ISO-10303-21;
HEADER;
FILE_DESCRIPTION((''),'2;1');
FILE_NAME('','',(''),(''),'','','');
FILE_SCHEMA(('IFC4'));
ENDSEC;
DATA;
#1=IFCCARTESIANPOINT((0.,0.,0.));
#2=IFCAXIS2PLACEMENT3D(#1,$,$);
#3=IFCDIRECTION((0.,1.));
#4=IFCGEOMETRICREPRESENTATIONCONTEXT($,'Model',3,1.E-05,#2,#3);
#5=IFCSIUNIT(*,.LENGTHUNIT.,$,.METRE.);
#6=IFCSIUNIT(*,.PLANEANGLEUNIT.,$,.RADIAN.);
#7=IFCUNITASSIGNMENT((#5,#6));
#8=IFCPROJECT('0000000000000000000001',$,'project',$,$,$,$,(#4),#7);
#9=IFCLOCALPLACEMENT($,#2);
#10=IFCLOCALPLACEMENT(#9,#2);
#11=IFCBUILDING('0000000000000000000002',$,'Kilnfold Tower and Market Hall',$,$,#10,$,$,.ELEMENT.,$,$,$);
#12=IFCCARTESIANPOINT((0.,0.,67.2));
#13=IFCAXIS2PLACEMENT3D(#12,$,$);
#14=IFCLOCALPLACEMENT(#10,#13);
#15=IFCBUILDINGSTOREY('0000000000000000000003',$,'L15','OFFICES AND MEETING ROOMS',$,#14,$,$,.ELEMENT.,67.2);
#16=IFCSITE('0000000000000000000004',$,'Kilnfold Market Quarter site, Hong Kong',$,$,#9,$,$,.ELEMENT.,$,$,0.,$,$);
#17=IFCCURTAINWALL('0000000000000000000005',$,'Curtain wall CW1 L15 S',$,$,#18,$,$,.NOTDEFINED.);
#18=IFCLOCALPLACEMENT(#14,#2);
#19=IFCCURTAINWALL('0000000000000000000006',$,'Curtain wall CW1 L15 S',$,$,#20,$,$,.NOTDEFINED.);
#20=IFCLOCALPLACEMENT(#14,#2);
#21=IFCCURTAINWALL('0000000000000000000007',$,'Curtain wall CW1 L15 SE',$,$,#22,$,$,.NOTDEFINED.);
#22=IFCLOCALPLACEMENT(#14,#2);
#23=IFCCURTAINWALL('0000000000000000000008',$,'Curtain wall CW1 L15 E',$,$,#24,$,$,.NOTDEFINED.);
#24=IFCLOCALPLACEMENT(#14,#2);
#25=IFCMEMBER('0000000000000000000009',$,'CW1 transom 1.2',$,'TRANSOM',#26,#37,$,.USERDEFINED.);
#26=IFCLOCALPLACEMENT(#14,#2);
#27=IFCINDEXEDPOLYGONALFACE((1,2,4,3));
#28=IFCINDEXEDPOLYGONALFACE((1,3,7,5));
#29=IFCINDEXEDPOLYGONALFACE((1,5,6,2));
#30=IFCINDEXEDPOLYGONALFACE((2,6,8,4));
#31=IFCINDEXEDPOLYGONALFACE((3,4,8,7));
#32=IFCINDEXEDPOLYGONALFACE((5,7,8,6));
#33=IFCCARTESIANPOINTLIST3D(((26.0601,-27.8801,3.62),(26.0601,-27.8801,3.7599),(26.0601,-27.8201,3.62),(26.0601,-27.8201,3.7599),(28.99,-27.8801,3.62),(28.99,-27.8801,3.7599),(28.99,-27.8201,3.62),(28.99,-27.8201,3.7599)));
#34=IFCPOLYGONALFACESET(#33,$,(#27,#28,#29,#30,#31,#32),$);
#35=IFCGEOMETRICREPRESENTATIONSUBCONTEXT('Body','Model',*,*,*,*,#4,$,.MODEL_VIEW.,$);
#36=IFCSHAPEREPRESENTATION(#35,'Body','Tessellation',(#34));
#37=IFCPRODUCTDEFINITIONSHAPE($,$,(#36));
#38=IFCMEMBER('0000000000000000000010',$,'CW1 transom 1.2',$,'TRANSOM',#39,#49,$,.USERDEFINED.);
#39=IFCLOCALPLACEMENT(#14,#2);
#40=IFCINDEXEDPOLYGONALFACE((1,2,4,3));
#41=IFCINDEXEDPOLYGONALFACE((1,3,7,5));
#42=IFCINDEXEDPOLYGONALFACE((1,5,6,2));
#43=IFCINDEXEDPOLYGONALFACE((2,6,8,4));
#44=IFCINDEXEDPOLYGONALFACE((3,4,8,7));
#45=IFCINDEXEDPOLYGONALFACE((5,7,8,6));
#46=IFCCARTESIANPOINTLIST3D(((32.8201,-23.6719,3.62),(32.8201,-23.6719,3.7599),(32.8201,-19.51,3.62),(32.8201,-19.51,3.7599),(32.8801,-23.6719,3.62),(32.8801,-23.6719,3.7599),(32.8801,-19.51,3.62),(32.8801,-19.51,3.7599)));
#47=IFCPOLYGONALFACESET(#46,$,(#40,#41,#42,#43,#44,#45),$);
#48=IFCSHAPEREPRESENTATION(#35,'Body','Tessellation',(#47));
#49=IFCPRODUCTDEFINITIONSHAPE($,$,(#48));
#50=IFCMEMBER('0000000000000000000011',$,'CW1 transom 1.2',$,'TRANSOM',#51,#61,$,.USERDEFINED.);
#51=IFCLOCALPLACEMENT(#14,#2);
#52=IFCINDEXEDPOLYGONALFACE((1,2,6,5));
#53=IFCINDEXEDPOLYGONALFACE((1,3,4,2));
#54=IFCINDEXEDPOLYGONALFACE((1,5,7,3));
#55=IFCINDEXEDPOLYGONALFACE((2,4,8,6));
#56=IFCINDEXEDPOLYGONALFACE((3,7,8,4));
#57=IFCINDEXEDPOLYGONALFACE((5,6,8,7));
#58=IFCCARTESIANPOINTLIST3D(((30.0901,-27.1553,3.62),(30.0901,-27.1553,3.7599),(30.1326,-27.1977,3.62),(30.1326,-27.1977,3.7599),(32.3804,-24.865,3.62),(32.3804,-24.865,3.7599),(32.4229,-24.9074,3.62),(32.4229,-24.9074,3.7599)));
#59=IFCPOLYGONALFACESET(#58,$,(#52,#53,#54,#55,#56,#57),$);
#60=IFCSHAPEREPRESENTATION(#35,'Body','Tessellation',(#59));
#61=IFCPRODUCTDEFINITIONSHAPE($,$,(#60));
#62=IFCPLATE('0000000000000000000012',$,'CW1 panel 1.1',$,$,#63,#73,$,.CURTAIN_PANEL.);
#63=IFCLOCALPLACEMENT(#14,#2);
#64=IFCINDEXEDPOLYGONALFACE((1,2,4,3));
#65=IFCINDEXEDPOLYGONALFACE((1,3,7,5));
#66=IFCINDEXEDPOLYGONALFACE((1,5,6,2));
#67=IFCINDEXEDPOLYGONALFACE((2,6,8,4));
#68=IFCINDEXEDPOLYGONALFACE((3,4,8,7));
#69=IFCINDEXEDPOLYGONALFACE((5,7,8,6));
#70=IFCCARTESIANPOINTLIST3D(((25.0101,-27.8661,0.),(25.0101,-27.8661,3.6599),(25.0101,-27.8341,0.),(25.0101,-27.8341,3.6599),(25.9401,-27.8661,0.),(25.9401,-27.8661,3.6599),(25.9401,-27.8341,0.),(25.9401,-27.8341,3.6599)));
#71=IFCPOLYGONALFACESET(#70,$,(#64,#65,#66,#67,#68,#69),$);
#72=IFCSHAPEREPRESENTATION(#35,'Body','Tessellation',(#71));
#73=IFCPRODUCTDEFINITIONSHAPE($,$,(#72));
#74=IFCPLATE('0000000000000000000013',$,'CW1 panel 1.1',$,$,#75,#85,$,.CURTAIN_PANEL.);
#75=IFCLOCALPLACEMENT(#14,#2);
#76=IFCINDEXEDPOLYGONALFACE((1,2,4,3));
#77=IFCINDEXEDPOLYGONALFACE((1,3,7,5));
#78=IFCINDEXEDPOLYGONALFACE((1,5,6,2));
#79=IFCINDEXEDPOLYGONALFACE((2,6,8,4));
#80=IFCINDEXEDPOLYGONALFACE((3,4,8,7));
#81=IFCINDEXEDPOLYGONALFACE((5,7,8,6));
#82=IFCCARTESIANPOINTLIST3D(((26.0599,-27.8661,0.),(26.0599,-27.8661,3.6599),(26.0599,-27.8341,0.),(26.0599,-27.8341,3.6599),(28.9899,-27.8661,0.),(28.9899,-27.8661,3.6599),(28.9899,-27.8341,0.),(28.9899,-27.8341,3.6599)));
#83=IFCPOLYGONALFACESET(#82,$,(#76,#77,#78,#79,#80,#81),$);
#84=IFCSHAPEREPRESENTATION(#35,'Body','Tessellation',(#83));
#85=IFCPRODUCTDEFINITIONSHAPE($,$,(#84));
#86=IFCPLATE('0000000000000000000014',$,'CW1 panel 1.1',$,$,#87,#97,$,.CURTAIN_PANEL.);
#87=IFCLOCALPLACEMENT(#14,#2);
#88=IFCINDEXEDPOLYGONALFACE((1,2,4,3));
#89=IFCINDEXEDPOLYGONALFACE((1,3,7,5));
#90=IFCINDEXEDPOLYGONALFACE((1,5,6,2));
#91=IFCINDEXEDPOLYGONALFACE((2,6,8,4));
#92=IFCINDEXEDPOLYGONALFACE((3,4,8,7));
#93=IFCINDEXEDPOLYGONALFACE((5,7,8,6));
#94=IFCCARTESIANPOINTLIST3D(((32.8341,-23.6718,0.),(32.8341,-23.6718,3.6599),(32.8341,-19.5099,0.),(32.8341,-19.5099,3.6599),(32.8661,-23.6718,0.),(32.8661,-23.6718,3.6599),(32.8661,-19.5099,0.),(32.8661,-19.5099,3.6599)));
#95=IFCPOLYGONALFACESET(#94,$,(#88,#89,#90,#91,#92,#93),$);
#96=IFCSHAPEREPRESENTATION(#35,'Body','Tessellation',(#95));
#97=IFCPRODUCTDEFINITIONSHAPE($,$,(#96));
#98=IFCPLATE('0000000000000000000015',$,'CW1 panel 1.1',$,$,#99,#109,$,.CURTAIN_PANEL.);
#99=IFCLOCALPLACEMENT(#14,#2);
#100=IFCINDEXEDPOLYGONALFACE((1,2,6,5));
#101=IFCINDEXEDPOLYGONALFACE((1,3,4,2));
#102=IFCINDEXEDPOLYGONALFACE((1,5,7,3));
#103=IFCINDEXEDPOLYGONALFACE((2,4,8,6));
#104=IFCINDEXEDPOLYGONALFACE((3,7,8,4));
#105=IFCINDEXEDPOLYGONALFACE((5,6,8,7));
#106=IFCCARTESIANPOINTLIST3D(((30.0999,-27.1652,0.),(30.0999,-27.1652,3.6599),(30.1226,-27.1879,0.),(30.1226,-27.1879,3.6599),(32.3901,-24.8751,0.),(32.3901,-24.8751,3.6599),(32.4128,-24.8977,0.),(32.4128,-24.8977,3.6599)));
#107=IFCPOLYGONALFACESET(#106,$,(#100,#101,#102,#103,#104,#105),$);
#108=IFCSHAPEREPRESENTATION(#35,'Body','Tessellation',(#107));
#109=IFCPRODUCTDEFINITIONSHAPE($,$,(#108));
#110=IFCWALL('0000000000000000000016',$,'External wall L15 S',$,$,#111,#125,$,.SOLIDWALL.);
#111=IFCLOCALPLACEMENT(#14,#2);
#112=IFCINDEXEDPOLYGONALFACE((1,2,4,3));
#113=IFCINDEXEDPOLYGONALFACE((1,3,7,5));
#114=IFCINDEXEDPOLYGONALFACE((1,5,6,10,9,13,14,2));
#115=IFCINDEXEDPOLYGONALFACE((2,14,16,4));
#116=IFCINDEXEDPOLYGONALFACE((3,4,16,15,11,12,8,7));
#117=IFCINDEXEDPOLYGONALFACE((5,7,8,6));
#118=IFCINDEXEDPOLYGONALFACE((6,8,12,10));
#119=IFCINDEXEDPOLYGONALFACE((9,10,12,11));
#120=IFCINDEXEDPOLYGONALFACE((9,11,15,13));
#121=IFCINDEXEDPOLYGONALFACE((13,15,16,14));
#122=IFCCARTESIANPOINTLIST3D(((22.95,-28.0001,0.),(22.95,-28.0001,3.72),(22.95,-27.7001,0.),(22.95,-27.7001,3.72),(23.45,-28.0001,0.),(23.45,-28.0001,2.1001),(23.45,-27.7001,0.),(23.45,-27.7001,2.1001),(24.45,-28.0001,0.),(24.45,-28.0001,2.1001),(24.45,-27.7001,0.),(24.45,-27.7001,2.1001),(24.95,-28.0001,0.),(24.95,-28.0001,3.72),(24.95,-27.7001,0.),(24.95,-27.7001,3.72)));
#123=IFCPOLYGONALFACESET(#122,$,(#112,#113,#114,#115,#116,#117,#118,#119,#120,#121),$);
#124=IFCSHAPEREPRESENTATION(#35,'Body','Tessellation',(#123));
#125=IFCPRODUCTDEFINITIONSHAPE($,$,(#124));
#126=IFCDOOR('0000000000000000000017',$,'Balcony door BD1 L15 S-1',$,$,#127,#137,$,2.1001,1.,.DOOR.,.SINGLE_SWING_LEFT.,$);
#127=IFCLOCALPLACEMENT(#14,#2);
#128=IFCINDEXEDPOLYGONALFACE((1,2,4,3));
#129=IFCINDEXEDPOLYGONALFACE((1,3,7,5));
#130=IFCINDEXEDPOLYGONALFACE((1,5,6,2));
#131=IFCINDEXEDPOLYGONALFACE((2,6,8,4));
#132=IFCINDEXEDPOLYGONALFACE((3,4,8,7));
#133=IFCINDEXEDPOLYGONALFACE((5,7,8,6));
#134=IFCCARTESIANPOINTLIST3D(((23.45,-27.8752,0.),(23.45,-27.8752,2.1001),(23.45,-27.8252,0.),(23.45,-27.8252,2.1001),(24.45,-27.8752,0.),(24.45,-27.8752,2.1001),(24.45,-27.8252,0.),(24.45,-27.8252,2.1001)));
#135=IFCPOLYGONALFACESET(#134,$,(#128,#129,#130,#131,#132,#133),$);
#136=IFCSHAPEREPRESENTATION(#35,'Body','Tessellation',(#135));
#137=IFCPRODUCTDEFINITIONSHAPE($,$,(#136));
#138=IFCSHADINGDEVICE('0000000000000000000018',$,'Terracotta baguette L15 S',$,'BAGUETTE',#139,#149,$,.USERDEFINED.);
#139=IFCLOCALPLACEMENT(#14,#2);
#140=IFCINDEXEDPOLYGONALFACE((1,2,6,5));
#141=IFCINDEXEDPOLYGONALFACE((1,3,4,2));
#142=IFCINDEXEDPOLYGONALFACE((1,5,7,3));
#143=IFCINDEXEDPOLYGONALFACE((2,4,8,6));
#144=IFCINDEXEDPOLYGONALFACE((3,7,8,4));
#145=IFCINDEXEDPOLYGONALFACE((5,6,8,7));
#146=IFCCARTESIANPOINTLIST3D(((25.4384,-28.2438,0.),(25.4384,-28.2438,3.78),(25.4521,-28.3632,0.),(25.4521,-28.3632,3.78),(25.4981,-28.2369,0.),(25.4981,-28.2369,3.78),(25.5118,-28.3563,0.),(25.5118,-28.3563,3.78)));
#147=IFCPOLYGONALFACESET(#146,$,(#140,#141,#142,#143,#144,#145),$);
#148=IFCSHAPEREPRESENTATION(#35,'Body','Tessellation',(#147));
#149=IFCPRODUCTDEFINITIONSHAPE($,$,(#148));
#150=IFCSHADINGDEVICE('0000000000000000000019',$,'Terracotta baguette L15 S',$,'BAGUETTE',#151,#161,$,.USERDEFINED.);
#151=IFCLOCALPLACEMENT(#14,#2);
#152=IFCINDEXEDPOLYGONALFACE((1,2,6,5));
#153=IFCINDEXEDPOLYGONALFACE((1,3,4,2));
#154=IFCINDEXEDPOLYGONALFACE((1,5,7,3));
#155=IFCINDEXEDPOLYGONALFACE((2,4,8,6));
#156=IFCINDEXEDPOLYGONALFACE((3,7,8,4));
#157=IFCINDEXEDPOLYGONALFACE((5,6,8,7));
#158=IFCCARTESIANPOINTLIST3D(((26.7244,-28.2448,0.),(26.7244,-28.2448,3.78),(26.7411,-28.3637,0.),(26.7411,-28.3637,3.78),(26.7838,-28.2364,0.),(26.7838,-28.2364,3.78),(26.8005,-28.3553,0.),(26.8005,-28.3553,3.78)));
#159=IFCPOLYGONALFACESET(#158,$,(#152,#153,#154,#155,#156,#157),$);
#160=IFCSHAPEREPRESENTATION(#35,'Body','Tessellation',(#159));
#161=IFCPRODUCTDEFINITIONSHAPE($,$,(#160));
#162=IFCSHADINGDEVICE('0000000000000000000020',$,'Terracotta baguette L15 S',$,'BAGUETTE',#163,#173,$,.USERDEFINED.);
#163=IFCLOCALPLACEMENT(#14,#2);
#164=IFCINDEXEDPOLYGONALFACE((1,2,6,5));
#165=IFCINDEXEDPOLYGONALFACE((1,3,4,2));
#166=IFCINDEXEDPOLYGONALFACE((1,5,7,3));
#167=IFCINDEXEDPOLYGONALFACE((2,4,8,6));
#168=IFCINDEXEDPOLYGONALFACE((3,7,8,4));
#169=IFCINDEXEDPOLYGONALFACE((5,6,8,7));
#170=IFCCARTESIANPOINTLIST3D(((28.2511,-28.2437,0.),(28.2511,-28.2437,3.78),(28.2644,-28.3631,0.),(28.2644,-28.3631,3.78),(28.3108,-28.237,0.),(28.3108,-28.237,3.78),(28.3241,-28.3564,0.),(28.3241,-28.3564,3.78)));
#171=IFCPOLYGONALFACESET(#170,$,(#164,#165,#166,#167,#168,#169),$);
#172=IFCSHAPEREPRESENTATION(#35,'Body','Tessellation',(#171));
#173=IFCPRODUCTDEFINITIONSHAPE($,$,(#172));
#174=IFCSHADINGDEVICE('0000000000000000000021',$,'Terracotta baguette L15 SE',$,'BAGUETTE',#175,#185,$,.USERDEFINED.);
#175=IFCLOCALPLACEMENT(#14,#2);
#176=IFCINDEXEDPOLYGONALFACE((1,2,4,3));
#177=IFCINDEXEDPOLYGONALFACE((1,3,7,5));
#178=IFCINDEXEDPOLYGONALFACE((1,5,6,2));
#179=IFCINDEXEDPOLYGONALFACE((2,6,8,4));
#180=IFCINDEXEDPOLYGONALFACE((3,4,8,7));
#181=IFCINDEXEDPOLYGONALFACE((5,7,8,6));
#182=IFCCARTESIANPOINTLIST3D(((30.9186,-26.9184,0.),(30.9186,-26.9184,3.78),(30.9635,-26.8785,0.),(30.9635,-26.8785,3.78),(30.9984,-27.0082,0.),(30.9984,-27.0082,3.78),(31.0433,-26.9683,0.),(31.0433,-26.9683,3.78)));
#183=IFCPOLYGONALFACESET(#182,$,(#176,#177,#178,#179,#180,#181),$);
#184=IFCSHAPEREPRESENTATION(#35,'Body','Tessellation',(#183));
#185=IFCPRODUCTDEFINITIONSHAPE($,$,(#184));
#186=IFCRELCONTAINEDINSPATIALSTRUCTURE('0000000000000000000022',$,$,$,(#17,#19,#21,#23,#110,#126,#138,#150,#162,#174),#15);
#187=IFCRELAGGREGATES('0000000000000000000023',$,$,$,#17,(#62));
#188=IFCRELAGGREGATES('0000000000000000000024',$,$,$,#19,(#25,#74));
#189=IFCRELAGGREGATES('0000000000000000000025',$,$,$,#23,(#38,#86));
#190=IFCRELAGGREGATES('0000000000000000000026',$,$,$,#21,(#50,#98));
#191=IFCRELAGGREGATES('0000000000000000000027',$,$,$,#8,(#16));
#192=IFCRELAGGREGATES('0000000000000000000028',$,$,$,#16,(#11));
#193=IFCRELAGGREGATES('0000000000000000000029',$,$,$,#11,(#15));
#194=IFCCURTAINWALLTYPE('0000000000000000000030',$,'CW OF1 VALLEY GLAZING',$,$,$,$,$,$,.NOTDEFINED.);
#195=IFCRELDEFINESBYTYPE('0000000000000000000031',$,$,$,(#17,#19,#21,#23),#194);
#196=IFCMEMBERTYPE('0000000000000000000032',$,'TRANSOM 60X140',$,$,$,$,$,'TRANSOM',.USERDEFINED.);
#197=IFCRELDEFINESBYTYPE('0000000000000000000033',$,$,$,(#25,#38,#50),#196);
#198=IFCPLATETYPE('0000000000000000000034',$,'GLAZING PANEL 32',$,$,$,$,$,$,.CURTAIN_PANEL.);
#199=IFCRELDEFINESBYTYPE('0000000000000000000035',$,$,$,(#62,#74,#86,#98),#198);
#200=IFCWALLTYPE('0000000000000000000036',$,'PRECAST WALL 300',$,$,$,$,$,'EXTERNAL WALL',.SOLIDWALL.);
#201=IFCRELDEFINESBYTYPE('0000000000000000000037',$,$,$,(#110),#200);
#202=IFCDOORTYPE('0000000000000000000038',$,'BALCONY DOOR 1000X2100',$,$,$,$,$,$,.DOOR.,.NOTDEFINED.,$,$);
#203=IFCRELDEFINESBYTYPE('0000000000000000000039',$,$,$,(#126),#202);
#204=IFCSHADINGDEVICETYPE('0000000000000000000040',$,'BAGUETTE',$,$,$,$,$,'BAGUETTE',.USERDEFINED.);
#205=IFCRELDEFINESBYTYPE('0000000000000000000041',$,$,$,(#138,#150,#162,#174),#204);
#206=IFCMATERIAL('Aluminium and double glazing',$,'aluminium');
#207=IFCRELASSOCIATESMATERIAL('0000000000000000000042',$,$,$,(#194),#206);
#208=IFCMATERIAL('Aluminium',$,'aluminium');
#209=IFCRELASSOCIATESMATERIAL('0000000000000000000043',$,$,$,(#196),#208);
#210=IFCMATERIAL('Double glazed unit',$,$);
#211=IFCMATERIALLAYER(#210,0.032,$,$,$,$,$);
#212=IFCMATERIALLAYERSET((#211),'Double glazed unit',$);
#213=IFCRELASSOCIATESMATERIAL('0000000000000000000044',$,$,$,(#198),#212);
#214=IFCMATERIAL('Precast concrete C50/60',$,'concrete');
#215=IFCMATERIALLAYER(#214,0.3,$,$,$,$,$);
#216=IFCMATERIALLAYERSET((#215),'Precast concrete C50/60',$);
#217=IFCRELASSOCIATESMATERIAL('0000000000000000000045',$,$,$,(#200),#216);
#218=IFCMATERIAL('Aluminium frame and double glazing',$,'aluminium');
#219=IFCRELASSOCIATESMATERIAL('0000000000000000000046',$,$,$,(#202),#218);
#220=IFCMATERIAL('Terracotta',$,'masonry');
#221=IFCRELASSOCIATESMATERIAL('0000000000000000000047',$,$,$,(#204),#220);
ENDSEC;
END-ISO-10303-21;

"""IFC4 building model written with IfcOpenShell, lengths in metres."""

from ifc_helpers import new_model, si_unit, direction, frame, frame_2d, origin, origin_2d, place, context, subcontext, project, spatial, rectangle, extrude, source, transform, mapped, material, layer, layer_set, material_profile, profile_set, type_object, element, fill, aggregate, save


model = new_model("IFC4")

# Units and contexts
model_context = context("Model", 3, precision=1e-05, world=origin(), true_north=direction((0.0, 1.0)))
body_context = subcontext(model_context, "Body", "Model", "MODEL_VIEW")
ifc_project = project(units=[si_unit("LENGTHUNIT", "METRE"), si_unit("PLANEANGLEUNIT", "RADIAN")], contexts=[model_context])

# Site, building, storey
site_placement = place(None, origin())
site = spatial("IfcSite", under=ifc_project, at=site_placement, Name="Kilnfold Market Quarter site, Hong Kong", CompositionType="ELEMENT", RefElevation=0.0)
building_placement = place(site_placement, origin())
building = spatial("IfcBuilding", under=site, at=building_placement, Name="Kilnfold Tower and Market Hall", CompositionType="ELEMENT")
storey_placement = place(building_placement, frame((0.0, 0.0, 67.2)))
storey = spatial("IfcBuildingStorey", under=building, at=storey_placement, Name="L15", Description="OFFICES AND MEETING ROOMS", CompositionType="ELEMENT", Elevation=67.2)

# Curtain walls
ifc_material_1 = material(Name="Aluminium and double glazing", Category="aluminium")
curtain_wall_type = type_object("IfcCurtainWallType", Name="CW OF1 VALLEY GLAZING", PredefinedType="NOTDEFINED", material=ifc_material_1)
curtain_wall_1_placement = place(storey_placement, origin())
curtain_wall_1 = element("IfcCurtainWall", 1, at=curtain_wall_1_placement, inside=storey, type_object=curtain_wall_type, Name="Curtain wall CW1 L15 S", PredefinedType="NOTDEFINED")
curtain_wall_2_placement = place(storey_placement, origin())
curtain_wall_2 = element("IfcCurtainWall", 2, at=curtain_wall_2_placement, inside=storey, type_object=curtain_wall_type, Name="Curtain wall CW1 L15 S", PredefinedType="NOTDEFINED")
curtain_wall_3_placement = place(storey_placement, origin())
curtain_wall_3 = element("IfcCurtainWall", 3, at=curtain_wall_3_placement, inside=storey, type_object=curtain_wall_type, Name="Curtain wall CW1 L15 SE", PredefinedType="NOTDEFINED")

# Curtain wall
curtain_wall_4_placement = place(storey_placement, origin())
curtain_wall_4 = element("IfcCurtainWall", 4, at=curtain_wall_4_placement, inside=storey, type_object=curtain_wall_type, Name="Curtain wall CW1 L15 E", PredefinedType="NOTDEFINED")

# Members
ifc_material_2 = material(Name="Aluminium", Category="aluminium")
ifc_material_profile_1 = material_profile(ifc_material_2, rectangle(XDim=0.0601, YDim=0.1399, at=origin_2d()), Name="TRANSOM 60x140")
ifc_profile_set_1 = profile_set([ifc_material_profile_1], Name="Aluminium")
member_type_1 = type_object("IfcMemberType", Name="TRANSOM 60X140", ElementType="TRANSOM", PredefinedType="USERDEFINED", material=ifc_profile_set_1)
shared_shape_1 = source(origin(), body_context, "Body", "SweptSolid", [
    extrude(rectangle(XDim=0.0601, YDim=0.1399, at=origin_2d()), origin(), (0.0, 0.0, 1.0), 2.9299),
])
member_1_placement = place(storey_placement, frame((26.0601, -27.8501, 3.6899), z_axis=(1.0, 0.0, 0.0), x_axis=(0.0, 1.0, 0.0)))
member_1 = element("IfcMember", 5, at=member_1_placement, type_object=member_type_1, Name="CW1 transom 1.2", ObjectType="TRANSOM", PredefinedType="USERDEFINED", context=body_context, shape_type="MappedRepresentation", body=[
    mapped(shared_shape_1, transform((0.0, 0.0, 0.0))),
])
shared_shape_2 = source(origin(), body_context, "Body", "SweptSolid", [
    extrude(rectangle(XDim=0.0601, YDim=0.1399, at=origin_2d()), origin(), (0.0, 0.0, 1.0), 4.1619),
])
member_2_placement = place(storey_placement, frame((32.8501, -23.6719, 3.6899), z_axis=(0.0, 1.0, 0.0), x_axis=(-1.0, 0.0, 0.0)))
member_2 = element("IfcMember", 6, at=member_2_placement, type_object=member_type_1, Name="CW1 transom 1.2", ObjectType="TRANSOM", PredefinedType="USERDEFINED", context=body_context, shape_type="MappedRepresentation", body=[
    mapped(shared_shape_2, transform((0.0, 0.0, 0.0))),
])
shared_shape_3 = source(origin(), body_context, "Body", "SweptSolid", [
    extrude(rectangle(XDim=0.0601, YDim=0.1399, at=origin_2d()), origin(), (0.0, 0.0, 1.0), 3.239),
])
member_3_placement = place(storey_placement, frame((30.1113, -27.1765, 3.6899), z_axis=(0.707107, 0.707107, 0.0), x_axis=(-0.707107, 0.707107, 0.0)))
member_3 = element("IfcMember", 7, at=member_3_placement, type_object=member_type_1, Name="CW1 transom 1.2", ObjectType="TRANSOM", PredefinedType="USERDEFINED", context=body_context, shape_type="MappedRepresentation", body=[
    mapped(shared_shape_3, transform((0.0, 0.0, 0.0))),
])

# Plates
ifc_material_3 = material(Name="Double glazed unit")
ifc_layer_1 = layer(ifc_material_3, 0.032)
ifc_layer_set_1 = layer_set([ifc_layer_1], Name="Double glazed unit")
plate_type = type_object("IfcPlateType", Name="GLAZING PANEL 32", PredefinedType="CURTAIN_PANEL", material=ifc_layer_set_1)
shared_shape_4 = source(origin(), body_context, "Body", "SweptSolid", [
    extrude(rectangle(XDim=0.9299, YDim=0.032, at=origin_2d()), origin(), (0.0, 0.0, 1.0), 3.6599),
])
plate_1_placement = place(storey_placement, frame((25.4751, -27.8501, 0.0), z_axis=(0.0, 0.0, 1.0), x_axis=(1.0, 0.0, 0.0)))
plate_1 = element("IfcPlate", 8, at=plate_1_placement, type_object=plate_type, Name="CW1 panel 1.1", PredefinedType="CURTAIN_PANEL", context=body_context, shape_type="MappedRepresentation", body=[
    mapped(shared_shape_4, transform((0.0, 0.0, 0.0))),
])
aggregate(curtain_wall_1, [plate_1])
shared_shape_5 = source(origin(), body_context, "Body", "SweptSolid", [
    extrude(rectangle(XDim=2.9299, YDim=0.032, at=origin_2d()), origin(), (0.0, 0.0, 1.0), 3.6599),
])
plate_2_placement = place(storey_placement, frame((27.5249, -27.8501, 0.0), z_axis=(0.0, 0.0, 1.0), x_axis=(1.0, 0.0, 0.0)))
plate_2 = element("IfcPlate", 9, at=plate_2_placement, type_object=plate_type, Name="CW1 panel 1.1", PredefinedType="CURTAIN_PANEL", context=body_context, shape_type="MappedRepresentation", body=[
    mapped(shared_shape_5, transform((0.0, 0.0, 0.0))),
])
aggregate(curtain_wall_2, [member_1, plate_2])
shared_shape_6 = source(origin(), body_context, "Body", "SweptSolid", [
    extrude(rectangle(XDim=4.1619, YDim=0.032, at=origin_2d()), origin(), (0.0, 0.0, 1.0), 3.6599),
])
plate_3_placement = place(storey_placement, frame((32.8501, -21.5908, 0.0), z_axis=(0.0, 0.0, 1.0), x_axis=(0.0, 1.0, 0.0)))
plate_3 = element("IfcPlate", 10, at=plate_3_placement, type_object=plate_type, Name="CW1 panel 1.1", PredefinedType="CURTAIN_PANEL", context=body_context, shape_type="MappedRepresentation", body=[
    mapped(shared_shape_6, transform((0.0, 0.0, 0.0))),
])
aggregate(curtain_wall_4, [member_2, plate_3])
shared_shape_7 = source(origin(), body_context, "Body", "SweptSolid", [
    extrude(rectangle(XDim=3.2388, YDim=0.032, at=origin_2d()), origin(), (0.0, 0.0, 1.0), 3.6599),
])
plate_4_placement = place(storey_placement, frame((31.2563, -26.0315, 0.0), z_axis=(0.0, 0.0, 1.0), x_axis=(0.707122, 0.707092, 0.0)))
plate_4 = element("IfcPlate", 11, at=plate_4_placement, type_object=plate_type, Name="CW1 panel 1.1", PredefinedType="CURTAIN_PANEL", context=body_context, shape_type="MappedRepresentation", body=[
    mapped(shared_shape_7, transform((0.0, 0.0, 0.0))),
])
aggregate(curtain_wall_3, [member_3, plate_4])

# Wall, opening, door
ifc_material_4 = material(Name="Precast concrete C50/60", Category="concrete")
ifc_layer_2 = layer(ifc_material_4, 0.3)
ifc_layer_set_2 = layer_set([ifc_layer_2], Name="Precast concrete C50/60")
wall_type = type_object("IfcWallType", Name="PRECAST WALL 300", ElementType="EXTERNAL WALL", PredefinedType="SOLIDWALL", material=ifc_layer_set_2)
shared_shape_8 = source(origin(), body_context, "Body", "SweptSolid", [
    extrude(rectangle(XDim=2.0, YDim=0.3, at=frame_2d((1.0, 0.0))), origin(), (0.0, 0.0, 1.0), 3.72),
])
wall_placement = place(storey_placement, frame((22.95, -27.8501, 0.0), z_axis=(0.0, 0.0, 1.0), x_axis=(1.0, 0.0, 0.0)))
wall = element("IfcWall", 12, at=wall_placement, inside=storey, type_object=wall_type, Name="External wall L15 S", PredefinedType="SOLIDWALL", context=body_context, shape_type="MappedRepresentation", body=[
    mapped(shared_shape_8, transform((0.0, 0.0, 0.0))),
])
opening_placement = place(wall_placement, frame((0.5, 0.0, 0.0)))
opening = element("IfcOpeningElement", 13, at=opening_placement, cuts=wall, PredefinedType="OPENING", context=body_context, shape_type="SweptSolid", body=[
    extrude(rectangle(XDim=1.0, YDim=2.1001, at=frame_2d((0.5, 1.05))), frame((0.0, 0.1602, 0.0), z_axis=(0.0, -1.0, 0.0), x_axis=(1.0, 0.0, 0.0)), (0.0, 0.0, 1.0), 0.3201),
])
ifc_material_5 = material(Name="Aluminium frame and double glazing", Category="aluminium")
door_type = type_object("IfcDoorType", Name="BALCONY DOOR 1000X2100", OperationType="NOTDEFINED", PredefinedType="DOOR", material=ifc_material_5)
door_placement = place(opening_placement, origin())
door = element("IfcDoor", 14, at=door_placement, inside=storey, type_object=door_type, Name="Balcony door BD1 L15 S-1", OperationType="SINGLE_SWING_LEFT", OverallHeight=2.1001, OverallWidth=1.0, PredefinedType="DOOR", context=body_context, shape_type="SweptSolid", body=[
    extrude(rectangle(XDim=1.0, YDim=2.1001, at=frame_2d((0.5, 1.05))), frame((0.0, 0.0249, 0.0), z_axis=(0.0, -1.0, 0.0), x_axis=(1.0, 0.0, 0.0)), (0.0, 0.0, 1.0), 0.05),
])
fill(opening, door)

# Shading devices
ifc_material_6 = material(Name="Terracotta", Category="masonry")
ifc_material_profile_2 = material_profile(ifc_material_6, rectangle(XDim=0.0601, YDim=0.1201, at=origin_2d()), Name="BAG 60x120")
ifc_profile_set_2 = profile_set([ifc_material_profile_2], Name="Terracotta")
shading_device_type = type_object("IfcShadingDeviceType", Name="BAGUETTE", ElementType="BAGUETTE", PredefinedType="USERDEFINED", material=ifc_profile_set_2)
shared_shape_9 = source(origin(), body_context, "Body", "SweptSolid", [
    extrude(rectangle(XDim=0.0601, YDim=0.1201, at=origin_2d()), origin(), (0.0, 0.0, 1.0), 3.78),
])
for number, where, z_axis, x_axis, name in (
    (15, (25.4751, -28.3, 0.0), (0.0, 0.0, 1.0), (0.993425, 0.114486, 0.0), "Terracotta baguette L15 S"),
    (16, (26.7625, -28.3, 0.0), (0.0, 0.0, 1.0), (0.990276, 0.139118, 0.0), "Terracotta baguette L15 S"),
    (17, (28.2876, -28.3, 0.0), (0.0, 0.0, 1.0), (0.993884, 0.110426, 0.0), "Terracotta baguette L15 S"),
    (18, (30.981, -26.9434, 0.0), (0.0, 0.0, 1.0), (0.747429, 0.664341, 0.0), "Terracotta baguette L15 SE"),
):
    element("IfcShadingDevice", number, at=place(storey_placement, frame(where, z_axis=z_axis, x_axis=x_axis)), inside=storey, type_object=shading_device_type, Name=name, ObjectType="BAGUETTE", PredefinedType="USERDEFINED", context=body_context, shape_type="MappedRepresentation", body=[
        mapped(shared_shape_9, transform((0.0, 0.0, 0.0))),
    ])

save(model, "model.ifc")
